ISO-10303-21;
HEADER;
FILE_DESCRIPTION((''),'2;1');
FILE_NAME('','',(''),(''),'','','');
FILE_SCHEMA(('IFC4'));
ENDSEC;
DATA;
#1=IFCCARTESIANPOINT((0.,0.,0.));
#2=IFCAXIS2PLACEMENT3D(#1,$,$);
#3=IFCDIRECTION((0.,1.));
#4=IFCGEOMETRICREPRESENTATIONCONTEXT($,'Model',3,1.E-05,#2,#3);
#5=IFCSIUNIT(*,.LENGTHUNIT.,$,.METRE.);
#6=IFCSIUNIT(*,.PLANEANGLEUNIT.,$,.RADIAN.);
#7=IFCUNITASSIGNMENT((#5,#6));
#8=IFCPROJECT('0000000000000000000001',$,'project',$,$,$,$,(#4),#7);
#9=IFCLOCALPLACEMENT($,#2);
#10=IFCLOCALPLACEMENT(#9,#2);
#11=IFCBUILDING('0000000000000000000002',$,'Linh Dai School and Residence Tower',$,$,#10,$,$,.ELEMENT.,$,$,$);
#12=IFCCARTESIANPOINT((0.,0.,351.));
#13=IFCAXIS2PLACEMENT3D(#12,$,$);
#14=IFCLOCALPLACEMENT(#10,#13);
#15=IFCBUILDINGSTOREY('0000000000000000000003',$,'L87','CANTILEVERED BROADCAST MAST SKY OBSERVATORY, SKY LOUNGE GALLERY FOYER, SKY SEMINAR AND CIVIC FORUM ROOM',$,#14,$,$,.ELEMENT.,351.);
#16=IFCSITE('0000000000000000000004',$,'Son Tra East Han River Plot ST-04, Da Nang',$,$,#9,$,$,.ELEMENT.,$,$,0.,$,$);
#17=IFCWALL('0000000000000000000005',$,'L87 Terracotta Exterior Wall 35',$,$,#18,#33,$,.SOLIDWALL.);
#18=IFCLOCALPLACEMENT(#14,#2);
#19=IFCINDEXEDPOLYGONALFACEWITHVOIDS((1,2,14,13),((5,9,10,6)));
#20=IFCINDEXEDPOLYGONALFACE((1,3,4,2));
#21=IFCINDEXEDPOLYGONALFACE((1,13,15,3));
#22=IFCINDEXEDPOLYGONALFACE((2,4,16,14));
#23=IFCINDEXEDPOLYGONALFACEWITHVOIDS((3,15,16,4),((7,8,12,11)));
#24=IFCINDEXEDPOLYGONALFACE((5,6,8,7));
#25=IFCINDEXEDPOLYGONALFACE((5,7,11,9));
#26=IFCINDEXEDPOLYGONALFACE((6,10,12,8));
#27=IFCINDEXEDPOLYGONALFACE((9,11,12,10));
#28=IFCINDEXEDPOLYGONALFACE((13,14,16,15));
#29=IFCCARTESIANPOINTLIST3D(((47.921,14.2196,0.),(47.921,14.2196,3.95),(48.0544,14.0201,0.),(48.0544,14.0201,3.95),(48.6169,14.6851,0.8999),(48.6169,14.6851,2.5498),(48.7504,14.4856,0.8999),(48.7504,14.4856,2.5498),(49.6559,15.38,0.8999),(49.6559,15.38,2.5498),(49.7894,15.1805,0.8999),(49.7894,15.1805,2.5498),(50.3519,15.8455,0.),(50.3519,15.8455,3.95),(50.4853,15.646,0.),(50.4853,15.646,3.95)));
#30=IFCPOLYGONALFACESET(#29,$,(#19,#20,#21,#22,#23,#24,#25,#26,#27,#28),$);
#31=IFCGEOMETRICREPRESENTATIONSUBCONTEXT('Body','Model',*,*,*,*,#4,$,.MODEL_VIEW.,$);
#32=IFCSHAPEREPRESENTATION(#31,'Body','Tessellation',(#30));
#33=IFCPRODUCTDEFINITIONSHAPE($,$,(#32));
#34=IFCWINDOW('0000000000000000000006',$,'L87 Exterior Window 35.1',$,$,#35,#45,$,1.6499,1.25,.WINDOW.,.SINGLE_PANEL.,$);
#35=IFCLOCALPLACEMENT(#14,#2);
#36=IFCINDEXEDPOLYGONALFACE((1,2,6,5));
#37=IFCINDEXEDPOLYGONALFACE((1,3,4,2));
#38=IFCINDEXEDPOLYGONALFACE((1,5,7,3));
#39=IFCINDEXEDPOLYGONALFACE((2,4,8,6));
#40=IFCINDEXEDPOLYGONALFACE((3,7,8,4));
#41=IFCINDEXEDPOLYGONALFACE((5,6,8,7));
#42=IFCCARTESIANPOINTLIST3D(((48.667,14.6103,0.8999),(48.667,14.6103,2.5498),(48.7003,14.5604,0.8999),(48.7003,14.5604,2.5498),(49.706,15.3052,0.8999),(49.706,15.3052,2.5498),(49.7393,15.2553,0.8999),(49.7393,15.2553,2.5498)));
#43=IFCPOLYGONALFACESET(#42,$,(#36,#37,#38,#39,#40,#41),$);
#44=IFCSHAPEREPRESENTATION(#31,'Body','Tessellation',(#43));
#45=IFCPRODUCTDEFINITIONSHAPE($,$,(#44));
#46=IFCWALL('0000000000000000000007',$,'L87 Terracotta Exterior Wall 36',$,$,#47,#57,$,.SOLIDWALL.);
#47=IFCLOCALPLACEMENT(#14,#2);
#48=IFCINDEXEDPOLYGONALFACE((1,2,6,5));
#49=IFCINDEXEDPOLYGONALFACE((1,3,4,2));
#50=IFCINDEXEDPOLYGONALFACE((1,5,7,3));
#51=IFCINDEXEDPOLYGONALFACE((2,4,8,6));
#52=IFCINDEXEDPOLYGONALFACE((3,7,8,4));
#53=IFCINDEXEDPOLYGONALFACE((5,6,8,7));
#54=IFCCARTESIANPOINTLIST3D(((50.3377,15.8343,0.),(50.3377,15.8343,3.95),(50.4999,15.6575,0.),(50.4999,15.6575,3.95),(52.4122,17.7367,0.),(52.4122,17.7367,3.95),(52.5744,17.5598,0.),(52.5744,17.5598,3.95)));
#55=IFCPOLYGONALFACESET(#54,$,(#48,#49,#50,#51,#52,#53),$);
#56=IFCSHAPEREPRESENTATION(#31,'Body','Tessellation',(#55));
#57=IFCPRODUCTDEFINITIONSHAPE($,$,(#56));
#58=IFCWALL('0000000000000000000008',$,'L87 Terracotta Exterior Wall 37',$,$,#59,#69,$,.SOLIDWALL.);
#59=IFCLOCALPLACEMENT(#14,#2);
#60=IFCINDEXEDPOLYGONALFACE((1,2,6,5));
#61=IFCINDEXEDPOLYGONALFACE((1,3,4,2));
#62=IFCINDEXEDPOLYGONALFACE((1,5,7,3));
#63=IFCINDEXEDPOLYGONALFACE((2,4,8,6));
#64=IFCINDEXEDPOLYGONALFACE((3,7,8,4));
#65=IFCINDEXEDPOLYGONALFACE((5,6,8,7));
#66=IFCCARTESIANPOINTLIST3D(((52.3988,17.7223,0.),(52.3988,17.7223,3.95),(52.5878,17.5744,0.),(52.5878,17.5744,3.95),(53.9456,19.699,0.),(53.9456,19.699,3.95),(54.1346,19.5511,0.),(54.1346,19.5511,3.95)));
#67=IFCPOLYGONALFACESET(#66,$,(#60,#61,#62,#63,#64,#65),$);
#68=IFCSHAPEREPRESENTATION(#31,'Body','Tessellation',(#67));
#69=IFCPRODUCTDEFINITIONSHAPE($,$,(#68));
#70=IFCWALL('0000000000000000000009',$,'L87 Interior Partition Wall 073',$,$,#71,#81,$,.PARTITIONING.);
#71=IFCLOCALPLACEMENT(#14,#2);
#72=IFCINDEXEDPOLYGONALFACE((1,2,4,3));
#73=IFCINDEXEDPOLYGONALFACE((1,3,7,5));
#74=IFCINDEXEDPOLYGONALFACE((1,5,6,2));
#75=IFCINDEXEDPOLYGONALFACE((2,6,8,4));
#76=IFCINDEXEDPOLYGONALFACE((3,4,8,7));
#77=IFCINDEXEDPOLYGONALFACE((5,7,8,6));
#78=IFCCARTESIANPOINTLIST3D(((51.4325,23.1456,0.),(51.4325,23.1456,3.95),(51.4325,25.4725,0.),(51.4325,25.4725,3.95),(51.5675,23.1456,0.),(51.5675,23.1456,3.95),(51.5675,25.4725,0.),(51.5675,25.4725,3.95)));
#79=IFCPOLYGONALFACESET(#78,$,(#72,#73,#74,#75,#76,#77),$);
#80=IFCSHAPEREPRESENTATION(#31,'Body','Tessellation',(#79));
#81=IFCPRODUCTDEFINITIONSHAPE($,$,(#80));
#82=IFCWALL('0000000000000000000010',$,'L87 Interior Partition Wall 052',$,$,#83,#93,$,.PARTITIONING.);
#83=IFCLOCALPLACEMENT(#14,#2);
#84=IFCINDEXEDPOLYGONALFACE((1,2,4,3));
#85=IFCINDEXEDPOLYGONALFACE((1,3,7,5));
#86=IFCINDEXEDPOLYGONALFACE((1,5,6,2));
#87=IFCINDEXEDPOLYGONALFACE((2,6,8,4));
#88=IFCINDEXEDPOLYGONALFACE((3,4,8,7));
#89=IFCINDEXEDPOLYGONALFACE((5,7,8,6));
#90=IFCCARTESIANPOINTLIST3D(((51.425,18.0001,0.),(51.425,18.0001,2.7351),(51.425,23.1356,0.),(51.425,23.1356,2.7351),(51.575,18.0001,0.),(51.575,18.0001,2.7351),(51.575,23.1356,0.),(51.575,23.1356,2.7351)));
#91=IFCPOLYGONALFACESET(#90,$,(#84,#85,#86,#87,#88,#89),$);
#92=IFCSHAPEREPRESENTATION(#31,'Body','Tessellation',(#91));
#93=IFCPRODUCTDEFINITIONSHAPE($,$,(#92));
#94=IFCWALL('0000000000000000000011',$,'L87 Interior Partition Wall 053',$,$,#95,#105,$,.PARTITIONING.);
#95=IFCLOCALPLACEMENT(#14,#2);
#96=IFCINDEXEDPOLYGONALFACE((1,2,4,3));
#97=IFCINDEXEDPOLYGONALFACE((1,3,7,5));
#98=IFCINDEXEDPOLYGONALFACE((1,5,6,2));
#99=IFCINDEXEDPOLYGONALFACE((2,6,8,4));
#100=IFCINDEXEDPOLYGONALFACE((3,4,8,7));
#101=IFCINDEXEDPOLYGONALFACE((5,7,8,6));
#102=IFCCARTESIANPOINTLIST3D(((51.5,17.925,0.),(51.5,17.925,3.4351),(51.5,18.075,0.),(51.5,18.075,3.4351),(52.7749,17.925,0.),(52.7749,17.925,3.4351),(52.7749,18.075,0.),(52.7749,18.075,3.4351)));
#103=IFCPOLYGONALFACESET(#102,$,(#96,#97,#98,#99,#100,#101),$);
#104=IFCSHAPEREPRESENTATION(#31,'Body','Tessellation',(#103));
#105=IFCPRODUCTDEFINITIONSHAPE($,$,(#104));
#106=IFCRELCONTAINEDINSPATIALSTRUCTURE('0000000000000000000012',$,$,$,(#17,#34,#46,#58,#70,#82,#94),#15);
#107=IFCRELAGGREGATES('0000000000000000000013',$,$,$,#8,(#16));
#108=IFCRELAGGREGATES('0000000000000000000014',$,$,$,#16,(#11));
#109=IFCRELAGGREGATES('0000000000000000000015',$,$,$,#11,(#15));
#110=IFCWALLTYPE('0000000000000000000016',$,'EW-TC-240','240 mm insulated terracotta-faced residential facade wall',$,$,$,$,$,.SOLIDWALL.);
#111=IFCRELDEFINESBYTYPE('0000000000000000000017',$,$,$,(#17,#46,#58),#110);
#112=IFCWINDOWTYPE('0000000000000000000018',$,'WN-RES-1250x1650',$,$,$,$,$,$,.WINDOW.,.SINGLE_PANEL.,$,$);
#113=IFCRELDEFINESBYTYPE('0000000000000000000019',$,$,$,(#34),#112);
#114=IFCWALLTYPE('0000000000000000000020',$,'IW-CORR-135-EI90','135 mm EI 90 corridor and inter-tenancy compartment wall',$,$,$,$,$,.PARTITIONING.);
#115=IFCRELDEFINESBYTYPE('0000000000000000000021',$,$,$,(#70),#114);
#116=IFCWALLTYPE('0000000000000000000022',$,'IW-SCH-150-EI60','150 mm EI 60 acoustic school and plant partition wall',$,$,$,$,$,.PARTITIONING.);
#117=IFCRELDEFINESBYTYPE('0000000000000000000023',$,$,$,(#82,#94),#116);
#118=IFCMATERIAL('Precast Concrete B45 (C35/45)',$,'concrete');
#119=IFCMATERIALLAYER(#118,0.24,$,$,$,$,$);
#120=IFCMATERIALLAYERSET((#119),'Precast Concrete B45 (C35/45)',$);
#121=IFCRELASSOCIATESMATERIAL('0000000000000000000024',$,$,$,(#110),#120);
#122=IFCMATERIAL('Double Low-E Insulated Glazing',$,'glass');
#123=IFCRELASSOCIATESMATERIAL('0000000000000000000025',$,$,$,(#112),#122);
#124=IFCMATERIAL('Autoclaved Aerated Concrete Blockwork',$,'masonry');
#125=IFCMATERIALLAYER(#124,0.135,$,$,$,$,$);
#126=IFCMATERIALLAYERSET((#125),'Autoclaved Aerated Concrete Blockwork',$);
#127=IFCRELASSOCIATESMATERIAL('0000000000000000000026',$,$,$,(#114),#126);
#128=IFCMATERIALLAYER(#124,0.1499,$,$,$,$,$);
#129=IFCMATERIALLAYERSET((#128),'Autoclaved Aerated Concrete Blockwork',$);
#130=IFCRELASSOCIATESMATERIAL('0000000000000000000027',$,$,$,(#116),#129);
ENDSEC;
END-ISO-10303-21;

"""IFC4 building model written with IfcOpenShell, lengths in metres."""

from ifc_helpers import new_model, si_unit, direction, frame, frame_2d, origin, origin_2d, place, context, subcontext, project, spatial, rectangle, extrude, source, transform, mapped, material, layer, layer_set, type_object, element, fill, save


model = new_model("IFC4")

# Units and contexts
model_context = context("Model", 3, precision=1e-05, world=origin(), true_north=direction((0.0, 1.0)))
body_context = subcontext(model_context, "Body", "Model", "MODEL_VIEW")
ifc_project = project(units=[si_unit("LENGTHUNIT", "METRE"), si_unit("PLANEANGLEUNIT", "RADIAN")], contexts=[model_context])

# Site, building, storey
site_placement = place(None, origin())
site = spatial("IfcSite", under=ifc_project, at=site_placement, Name="Son Tra East Han River Plot ST-04, Da Nang", CompositionType="ELEMENT", RefElevation=0.0)
building_placement = place(site_placement, origin())
building = spatial("IfcBuilding", under=site, at=building_placement, Name="Linh Dai School and Residence Tower", CompositionType="ELEMENT")
storey_placement = place(building_placement, frame((0.0, 0.0, 351.0)))
storey = spatial("IfcBuildingStorey", under=building, at=storey_placement, Name="L87", Description="CANTILEVERED BROADCAST MAST SKY OBSERVATORY, SKY LOUNGE GALLERY FOYER, SKY SEMINAR AND CIVIC FORUM ROOM", CompositionType="ELEMENT", Elevation=351.0)

# Wall, opening, window
ifc_material_1 = material(Name="Precast Concrete B45 (C35/45)", Category="concrete")
ifc_layer_1 = layer(ifc_material_1, 0.24)
ifc_layer_set_1 = layer_set([ifc_layer_1], Name="Precast Concrete B45 (C35/45)")
wall_type_1 = type_object("IfcWallType", Name="EW-TC-240", Description="240 mm insulated terracotta-faced residential facade wall", PredefinedType="SOLIDWALL", material=ifc_layer_set_1)
ifc_material_2 = material(Name="Double Low-E Insulated Glazing", Category="glass")
wall_1_placement = place(storey_placement, frame((50.4187, 15.7458, 0.0), z_axis=(0.0, 0.0, 1.0), x_axis=(-0.831202, -0.555971, 0.0)))
wall_1 = element("IfcWall", 1, at=wall_1_placement, inside=storey, type_object=wall_type_1, Name="L87 Terracotta Exterior Wall 35", PredefinedType="SOLIDWALL", context=body_context, shape_type="SweptSolid", body=[
    extrude(rectangle(XDim=2.9246, YDim=0.24, at=frame_2d((1.4624, 0.0))), origin(), (0.0, 0.0, 1.0), 3.95),
])
opening_1_placement = place(wall_1_placement, frame((0.8374, 0.0, 0.8999)))
opening_1 = element("IfcOpeningElement", 2, at=opening_1_placement, cuts=wall_1, PredefinedType="OPENING", context=body_context, shape_type="SweptSolid", body=[
    extrude(rectangle(XDim=1.25, YDim=1.6499, at=origin_2d()), frame((0.625, 0.1299, 0.825), z_axis=(0.0, -1.0, 0.0), x_axis=(1.0, 0.0, 0.0)), (0.0, 0.0, 1.0), 0.26),
])
window_type_1 = type_object("IfcWindowType", Name="WN-RES-1250x1650", PartitioningType="SINGLE_PANEL", PredefinedType="WINDOW", material=ifc_material_2)
shared_shape_1 = source(origin(), body_context, "Body", "SweptSolid", [
    extrude(rectangle(XDim=1.25, YDim=1.6499, at=origin_2d()), frame((0.625, 0.03, 0.825), z_axis=(0.0, -1.0, 0.0), x_axis=(1.0, 0.0, 0.0)), (0.0, 0.0, 1.0), 0.0601),
])
window_1_placement = place(opening_1_placement, origin())
window_1 = element("IfcWindow", 3, at=window_1_placement, inside=storey, type_object=window_type_1, Name="L87 Exterior Window 35.1", OverallHeight=1.6499, OverallWidth=1.25, PartitioningType="SINGLE_PANEL", PredefinedType="WINDOW", context=body_context, shape_type="MappedRepresentation", body=[
    mapped(shared_shape_1, transform((0.0, 0.0, 0.0), x_axis=(1.0, 0.0, 0.0), y_axis=(0.0, 1.0, 0.0), z_axis=(0.0, 0.0, 1.0), scale=1.0)),
])
fill(opening_1, window_1)

# Walls
wall_2_placement = place(storey_placement, frame((52.4932, 17.6482, 0.0), z_axis=(0.0, 0.0, 1.0), x_axis=(-0.737021, -0.67587, 0.0)))
element("IfcWall", 4, at=wall_2_placement, inside=storey, type_object=wall_type_1, Name="L87 Terracotta Exterior Wall 36", PredefinedType="SOLIDWALL", context=body_context, shape_type="SweptSolid", body=[
    extrude(rectangle(XDim=2.8147, YDim=0.24, at=frame_2d((1.4072, 0.0))), origin(), (0.0, 0.0, 1.0), 3.95),
])
wall_3_placement = place(storey_placement, frame((54.04, 19.625, 0.0), z_axis=(0.0, 0.0, 1.0), x_axis=(-0.616261, -0.787542, 0.0)))
element("IfcWall", 5, at=wall_3_placement, inside=storey, type_object=wall_type_1, Name="L87 Terracotta Exterior Wall 37", PredefinedType="SOLIDWALL", context=body_context, shape_type="SweptSolid", body=[
    extrude(rectangle(XDim=2.51, YDim=0.24, at=frame_2d((1.2549, 0.0))), origin(), (0.0, 0.0, 1.0), 3.95),
])
ifc_material_3 = material(Name="Autoclaved Aerated Concrete Blockwork", Category="masonry")
ifc_layer_2 = layer(ifc_material_3, 0.135)
ifc_layer_set_2 = layer_set([ifc_layer_2], Name="Autoclaved Aerated Concrete Blockwork")
wall_type_2 = type_object("IfcWallType", Name="IW-CORR-135-EI90", Description="135 mm EI 90 corridor and inter-tenancy compartment wall", PredefinedType="PARTITIONING", material=ifc_layer_set_2)
wall_4_placement = place(storey_placement, frame((51.5, 23.1455, 0.0), z_axis=(0.0, 0.0, 1.0), x_axis=(0.0, 1.0, 0.0)))
element("IfcWall", 6, at=wall_4_placement, inside=storey, type_object=wall_type_2, Name="L87 Interior Partition Wall 073", PredefinedType="PARTITIONING", context=body_context, shape_type="SweptSolid", body=[
    extrude(rectangle(XDim=2.3269, YDim=0.135, at=frame_2d((1.1636, 0.0))), origin(), (0.0, 0.0, 1.0), 3.95),
])
ifc_layer_3 = layer(ifc_material_3, 0.1499)
ifc_layer_set_3 = layer_set([ifc_layer_3], Name="Autoclaved Aerated Concrete Blockwork")
wall_type_3 = type_object("IfcWallType", Name="IW-SCH-150-EI60", Description="150 mm EI 60 acoustic school and plant partition wall", PredefinedType="PARTITIONING", material=ifc_layer_set_3)
wall_5_placement = place(storey_placement, frame((51.5, 18.0, 0.0), z_axis=(0.0, 0.0, 1.0), x_axis=(0.0, 1.0, 0.0)))
element("IfcWall", 7, at=wall_5_placement, inside=storey, type_object=wall_type_3, Name="L87 Interior Partition Wall 052", PredefinedType="PARTITIONING", context=body_context, shape_type="SweptSolid", body=[
    extrude(rectangle(XDim=5.1355, YDim=0.1499, at=frame_2d((2.5679, 0.0))), origin(), (0.0, 0.0, 1.0), 2.7351),
])
wall_6_placement = place(storey_placement, frame((51.5, 18.0, 0.0), z_axis=(0.0, 0.0, 1.0), x_axis=(1.0, 0.0, 0.0)))
element("IfcWall", 8, at=wall_6_placement, inside=storey, type_object=wall_type_3, Name="L87 Interior Partition Wall 053", PredefinedType="PARTITIONING", context=body_context, shape_type="SweptSolid", body=[
    extrude(rectangle(XDim=1.2749, YDim=0.1499, at=frame_2d((0.6375, 0.0))), origin(), (0.0, 0.0, 1.0), 3.4351),
])

save(model, "model.ifc")
